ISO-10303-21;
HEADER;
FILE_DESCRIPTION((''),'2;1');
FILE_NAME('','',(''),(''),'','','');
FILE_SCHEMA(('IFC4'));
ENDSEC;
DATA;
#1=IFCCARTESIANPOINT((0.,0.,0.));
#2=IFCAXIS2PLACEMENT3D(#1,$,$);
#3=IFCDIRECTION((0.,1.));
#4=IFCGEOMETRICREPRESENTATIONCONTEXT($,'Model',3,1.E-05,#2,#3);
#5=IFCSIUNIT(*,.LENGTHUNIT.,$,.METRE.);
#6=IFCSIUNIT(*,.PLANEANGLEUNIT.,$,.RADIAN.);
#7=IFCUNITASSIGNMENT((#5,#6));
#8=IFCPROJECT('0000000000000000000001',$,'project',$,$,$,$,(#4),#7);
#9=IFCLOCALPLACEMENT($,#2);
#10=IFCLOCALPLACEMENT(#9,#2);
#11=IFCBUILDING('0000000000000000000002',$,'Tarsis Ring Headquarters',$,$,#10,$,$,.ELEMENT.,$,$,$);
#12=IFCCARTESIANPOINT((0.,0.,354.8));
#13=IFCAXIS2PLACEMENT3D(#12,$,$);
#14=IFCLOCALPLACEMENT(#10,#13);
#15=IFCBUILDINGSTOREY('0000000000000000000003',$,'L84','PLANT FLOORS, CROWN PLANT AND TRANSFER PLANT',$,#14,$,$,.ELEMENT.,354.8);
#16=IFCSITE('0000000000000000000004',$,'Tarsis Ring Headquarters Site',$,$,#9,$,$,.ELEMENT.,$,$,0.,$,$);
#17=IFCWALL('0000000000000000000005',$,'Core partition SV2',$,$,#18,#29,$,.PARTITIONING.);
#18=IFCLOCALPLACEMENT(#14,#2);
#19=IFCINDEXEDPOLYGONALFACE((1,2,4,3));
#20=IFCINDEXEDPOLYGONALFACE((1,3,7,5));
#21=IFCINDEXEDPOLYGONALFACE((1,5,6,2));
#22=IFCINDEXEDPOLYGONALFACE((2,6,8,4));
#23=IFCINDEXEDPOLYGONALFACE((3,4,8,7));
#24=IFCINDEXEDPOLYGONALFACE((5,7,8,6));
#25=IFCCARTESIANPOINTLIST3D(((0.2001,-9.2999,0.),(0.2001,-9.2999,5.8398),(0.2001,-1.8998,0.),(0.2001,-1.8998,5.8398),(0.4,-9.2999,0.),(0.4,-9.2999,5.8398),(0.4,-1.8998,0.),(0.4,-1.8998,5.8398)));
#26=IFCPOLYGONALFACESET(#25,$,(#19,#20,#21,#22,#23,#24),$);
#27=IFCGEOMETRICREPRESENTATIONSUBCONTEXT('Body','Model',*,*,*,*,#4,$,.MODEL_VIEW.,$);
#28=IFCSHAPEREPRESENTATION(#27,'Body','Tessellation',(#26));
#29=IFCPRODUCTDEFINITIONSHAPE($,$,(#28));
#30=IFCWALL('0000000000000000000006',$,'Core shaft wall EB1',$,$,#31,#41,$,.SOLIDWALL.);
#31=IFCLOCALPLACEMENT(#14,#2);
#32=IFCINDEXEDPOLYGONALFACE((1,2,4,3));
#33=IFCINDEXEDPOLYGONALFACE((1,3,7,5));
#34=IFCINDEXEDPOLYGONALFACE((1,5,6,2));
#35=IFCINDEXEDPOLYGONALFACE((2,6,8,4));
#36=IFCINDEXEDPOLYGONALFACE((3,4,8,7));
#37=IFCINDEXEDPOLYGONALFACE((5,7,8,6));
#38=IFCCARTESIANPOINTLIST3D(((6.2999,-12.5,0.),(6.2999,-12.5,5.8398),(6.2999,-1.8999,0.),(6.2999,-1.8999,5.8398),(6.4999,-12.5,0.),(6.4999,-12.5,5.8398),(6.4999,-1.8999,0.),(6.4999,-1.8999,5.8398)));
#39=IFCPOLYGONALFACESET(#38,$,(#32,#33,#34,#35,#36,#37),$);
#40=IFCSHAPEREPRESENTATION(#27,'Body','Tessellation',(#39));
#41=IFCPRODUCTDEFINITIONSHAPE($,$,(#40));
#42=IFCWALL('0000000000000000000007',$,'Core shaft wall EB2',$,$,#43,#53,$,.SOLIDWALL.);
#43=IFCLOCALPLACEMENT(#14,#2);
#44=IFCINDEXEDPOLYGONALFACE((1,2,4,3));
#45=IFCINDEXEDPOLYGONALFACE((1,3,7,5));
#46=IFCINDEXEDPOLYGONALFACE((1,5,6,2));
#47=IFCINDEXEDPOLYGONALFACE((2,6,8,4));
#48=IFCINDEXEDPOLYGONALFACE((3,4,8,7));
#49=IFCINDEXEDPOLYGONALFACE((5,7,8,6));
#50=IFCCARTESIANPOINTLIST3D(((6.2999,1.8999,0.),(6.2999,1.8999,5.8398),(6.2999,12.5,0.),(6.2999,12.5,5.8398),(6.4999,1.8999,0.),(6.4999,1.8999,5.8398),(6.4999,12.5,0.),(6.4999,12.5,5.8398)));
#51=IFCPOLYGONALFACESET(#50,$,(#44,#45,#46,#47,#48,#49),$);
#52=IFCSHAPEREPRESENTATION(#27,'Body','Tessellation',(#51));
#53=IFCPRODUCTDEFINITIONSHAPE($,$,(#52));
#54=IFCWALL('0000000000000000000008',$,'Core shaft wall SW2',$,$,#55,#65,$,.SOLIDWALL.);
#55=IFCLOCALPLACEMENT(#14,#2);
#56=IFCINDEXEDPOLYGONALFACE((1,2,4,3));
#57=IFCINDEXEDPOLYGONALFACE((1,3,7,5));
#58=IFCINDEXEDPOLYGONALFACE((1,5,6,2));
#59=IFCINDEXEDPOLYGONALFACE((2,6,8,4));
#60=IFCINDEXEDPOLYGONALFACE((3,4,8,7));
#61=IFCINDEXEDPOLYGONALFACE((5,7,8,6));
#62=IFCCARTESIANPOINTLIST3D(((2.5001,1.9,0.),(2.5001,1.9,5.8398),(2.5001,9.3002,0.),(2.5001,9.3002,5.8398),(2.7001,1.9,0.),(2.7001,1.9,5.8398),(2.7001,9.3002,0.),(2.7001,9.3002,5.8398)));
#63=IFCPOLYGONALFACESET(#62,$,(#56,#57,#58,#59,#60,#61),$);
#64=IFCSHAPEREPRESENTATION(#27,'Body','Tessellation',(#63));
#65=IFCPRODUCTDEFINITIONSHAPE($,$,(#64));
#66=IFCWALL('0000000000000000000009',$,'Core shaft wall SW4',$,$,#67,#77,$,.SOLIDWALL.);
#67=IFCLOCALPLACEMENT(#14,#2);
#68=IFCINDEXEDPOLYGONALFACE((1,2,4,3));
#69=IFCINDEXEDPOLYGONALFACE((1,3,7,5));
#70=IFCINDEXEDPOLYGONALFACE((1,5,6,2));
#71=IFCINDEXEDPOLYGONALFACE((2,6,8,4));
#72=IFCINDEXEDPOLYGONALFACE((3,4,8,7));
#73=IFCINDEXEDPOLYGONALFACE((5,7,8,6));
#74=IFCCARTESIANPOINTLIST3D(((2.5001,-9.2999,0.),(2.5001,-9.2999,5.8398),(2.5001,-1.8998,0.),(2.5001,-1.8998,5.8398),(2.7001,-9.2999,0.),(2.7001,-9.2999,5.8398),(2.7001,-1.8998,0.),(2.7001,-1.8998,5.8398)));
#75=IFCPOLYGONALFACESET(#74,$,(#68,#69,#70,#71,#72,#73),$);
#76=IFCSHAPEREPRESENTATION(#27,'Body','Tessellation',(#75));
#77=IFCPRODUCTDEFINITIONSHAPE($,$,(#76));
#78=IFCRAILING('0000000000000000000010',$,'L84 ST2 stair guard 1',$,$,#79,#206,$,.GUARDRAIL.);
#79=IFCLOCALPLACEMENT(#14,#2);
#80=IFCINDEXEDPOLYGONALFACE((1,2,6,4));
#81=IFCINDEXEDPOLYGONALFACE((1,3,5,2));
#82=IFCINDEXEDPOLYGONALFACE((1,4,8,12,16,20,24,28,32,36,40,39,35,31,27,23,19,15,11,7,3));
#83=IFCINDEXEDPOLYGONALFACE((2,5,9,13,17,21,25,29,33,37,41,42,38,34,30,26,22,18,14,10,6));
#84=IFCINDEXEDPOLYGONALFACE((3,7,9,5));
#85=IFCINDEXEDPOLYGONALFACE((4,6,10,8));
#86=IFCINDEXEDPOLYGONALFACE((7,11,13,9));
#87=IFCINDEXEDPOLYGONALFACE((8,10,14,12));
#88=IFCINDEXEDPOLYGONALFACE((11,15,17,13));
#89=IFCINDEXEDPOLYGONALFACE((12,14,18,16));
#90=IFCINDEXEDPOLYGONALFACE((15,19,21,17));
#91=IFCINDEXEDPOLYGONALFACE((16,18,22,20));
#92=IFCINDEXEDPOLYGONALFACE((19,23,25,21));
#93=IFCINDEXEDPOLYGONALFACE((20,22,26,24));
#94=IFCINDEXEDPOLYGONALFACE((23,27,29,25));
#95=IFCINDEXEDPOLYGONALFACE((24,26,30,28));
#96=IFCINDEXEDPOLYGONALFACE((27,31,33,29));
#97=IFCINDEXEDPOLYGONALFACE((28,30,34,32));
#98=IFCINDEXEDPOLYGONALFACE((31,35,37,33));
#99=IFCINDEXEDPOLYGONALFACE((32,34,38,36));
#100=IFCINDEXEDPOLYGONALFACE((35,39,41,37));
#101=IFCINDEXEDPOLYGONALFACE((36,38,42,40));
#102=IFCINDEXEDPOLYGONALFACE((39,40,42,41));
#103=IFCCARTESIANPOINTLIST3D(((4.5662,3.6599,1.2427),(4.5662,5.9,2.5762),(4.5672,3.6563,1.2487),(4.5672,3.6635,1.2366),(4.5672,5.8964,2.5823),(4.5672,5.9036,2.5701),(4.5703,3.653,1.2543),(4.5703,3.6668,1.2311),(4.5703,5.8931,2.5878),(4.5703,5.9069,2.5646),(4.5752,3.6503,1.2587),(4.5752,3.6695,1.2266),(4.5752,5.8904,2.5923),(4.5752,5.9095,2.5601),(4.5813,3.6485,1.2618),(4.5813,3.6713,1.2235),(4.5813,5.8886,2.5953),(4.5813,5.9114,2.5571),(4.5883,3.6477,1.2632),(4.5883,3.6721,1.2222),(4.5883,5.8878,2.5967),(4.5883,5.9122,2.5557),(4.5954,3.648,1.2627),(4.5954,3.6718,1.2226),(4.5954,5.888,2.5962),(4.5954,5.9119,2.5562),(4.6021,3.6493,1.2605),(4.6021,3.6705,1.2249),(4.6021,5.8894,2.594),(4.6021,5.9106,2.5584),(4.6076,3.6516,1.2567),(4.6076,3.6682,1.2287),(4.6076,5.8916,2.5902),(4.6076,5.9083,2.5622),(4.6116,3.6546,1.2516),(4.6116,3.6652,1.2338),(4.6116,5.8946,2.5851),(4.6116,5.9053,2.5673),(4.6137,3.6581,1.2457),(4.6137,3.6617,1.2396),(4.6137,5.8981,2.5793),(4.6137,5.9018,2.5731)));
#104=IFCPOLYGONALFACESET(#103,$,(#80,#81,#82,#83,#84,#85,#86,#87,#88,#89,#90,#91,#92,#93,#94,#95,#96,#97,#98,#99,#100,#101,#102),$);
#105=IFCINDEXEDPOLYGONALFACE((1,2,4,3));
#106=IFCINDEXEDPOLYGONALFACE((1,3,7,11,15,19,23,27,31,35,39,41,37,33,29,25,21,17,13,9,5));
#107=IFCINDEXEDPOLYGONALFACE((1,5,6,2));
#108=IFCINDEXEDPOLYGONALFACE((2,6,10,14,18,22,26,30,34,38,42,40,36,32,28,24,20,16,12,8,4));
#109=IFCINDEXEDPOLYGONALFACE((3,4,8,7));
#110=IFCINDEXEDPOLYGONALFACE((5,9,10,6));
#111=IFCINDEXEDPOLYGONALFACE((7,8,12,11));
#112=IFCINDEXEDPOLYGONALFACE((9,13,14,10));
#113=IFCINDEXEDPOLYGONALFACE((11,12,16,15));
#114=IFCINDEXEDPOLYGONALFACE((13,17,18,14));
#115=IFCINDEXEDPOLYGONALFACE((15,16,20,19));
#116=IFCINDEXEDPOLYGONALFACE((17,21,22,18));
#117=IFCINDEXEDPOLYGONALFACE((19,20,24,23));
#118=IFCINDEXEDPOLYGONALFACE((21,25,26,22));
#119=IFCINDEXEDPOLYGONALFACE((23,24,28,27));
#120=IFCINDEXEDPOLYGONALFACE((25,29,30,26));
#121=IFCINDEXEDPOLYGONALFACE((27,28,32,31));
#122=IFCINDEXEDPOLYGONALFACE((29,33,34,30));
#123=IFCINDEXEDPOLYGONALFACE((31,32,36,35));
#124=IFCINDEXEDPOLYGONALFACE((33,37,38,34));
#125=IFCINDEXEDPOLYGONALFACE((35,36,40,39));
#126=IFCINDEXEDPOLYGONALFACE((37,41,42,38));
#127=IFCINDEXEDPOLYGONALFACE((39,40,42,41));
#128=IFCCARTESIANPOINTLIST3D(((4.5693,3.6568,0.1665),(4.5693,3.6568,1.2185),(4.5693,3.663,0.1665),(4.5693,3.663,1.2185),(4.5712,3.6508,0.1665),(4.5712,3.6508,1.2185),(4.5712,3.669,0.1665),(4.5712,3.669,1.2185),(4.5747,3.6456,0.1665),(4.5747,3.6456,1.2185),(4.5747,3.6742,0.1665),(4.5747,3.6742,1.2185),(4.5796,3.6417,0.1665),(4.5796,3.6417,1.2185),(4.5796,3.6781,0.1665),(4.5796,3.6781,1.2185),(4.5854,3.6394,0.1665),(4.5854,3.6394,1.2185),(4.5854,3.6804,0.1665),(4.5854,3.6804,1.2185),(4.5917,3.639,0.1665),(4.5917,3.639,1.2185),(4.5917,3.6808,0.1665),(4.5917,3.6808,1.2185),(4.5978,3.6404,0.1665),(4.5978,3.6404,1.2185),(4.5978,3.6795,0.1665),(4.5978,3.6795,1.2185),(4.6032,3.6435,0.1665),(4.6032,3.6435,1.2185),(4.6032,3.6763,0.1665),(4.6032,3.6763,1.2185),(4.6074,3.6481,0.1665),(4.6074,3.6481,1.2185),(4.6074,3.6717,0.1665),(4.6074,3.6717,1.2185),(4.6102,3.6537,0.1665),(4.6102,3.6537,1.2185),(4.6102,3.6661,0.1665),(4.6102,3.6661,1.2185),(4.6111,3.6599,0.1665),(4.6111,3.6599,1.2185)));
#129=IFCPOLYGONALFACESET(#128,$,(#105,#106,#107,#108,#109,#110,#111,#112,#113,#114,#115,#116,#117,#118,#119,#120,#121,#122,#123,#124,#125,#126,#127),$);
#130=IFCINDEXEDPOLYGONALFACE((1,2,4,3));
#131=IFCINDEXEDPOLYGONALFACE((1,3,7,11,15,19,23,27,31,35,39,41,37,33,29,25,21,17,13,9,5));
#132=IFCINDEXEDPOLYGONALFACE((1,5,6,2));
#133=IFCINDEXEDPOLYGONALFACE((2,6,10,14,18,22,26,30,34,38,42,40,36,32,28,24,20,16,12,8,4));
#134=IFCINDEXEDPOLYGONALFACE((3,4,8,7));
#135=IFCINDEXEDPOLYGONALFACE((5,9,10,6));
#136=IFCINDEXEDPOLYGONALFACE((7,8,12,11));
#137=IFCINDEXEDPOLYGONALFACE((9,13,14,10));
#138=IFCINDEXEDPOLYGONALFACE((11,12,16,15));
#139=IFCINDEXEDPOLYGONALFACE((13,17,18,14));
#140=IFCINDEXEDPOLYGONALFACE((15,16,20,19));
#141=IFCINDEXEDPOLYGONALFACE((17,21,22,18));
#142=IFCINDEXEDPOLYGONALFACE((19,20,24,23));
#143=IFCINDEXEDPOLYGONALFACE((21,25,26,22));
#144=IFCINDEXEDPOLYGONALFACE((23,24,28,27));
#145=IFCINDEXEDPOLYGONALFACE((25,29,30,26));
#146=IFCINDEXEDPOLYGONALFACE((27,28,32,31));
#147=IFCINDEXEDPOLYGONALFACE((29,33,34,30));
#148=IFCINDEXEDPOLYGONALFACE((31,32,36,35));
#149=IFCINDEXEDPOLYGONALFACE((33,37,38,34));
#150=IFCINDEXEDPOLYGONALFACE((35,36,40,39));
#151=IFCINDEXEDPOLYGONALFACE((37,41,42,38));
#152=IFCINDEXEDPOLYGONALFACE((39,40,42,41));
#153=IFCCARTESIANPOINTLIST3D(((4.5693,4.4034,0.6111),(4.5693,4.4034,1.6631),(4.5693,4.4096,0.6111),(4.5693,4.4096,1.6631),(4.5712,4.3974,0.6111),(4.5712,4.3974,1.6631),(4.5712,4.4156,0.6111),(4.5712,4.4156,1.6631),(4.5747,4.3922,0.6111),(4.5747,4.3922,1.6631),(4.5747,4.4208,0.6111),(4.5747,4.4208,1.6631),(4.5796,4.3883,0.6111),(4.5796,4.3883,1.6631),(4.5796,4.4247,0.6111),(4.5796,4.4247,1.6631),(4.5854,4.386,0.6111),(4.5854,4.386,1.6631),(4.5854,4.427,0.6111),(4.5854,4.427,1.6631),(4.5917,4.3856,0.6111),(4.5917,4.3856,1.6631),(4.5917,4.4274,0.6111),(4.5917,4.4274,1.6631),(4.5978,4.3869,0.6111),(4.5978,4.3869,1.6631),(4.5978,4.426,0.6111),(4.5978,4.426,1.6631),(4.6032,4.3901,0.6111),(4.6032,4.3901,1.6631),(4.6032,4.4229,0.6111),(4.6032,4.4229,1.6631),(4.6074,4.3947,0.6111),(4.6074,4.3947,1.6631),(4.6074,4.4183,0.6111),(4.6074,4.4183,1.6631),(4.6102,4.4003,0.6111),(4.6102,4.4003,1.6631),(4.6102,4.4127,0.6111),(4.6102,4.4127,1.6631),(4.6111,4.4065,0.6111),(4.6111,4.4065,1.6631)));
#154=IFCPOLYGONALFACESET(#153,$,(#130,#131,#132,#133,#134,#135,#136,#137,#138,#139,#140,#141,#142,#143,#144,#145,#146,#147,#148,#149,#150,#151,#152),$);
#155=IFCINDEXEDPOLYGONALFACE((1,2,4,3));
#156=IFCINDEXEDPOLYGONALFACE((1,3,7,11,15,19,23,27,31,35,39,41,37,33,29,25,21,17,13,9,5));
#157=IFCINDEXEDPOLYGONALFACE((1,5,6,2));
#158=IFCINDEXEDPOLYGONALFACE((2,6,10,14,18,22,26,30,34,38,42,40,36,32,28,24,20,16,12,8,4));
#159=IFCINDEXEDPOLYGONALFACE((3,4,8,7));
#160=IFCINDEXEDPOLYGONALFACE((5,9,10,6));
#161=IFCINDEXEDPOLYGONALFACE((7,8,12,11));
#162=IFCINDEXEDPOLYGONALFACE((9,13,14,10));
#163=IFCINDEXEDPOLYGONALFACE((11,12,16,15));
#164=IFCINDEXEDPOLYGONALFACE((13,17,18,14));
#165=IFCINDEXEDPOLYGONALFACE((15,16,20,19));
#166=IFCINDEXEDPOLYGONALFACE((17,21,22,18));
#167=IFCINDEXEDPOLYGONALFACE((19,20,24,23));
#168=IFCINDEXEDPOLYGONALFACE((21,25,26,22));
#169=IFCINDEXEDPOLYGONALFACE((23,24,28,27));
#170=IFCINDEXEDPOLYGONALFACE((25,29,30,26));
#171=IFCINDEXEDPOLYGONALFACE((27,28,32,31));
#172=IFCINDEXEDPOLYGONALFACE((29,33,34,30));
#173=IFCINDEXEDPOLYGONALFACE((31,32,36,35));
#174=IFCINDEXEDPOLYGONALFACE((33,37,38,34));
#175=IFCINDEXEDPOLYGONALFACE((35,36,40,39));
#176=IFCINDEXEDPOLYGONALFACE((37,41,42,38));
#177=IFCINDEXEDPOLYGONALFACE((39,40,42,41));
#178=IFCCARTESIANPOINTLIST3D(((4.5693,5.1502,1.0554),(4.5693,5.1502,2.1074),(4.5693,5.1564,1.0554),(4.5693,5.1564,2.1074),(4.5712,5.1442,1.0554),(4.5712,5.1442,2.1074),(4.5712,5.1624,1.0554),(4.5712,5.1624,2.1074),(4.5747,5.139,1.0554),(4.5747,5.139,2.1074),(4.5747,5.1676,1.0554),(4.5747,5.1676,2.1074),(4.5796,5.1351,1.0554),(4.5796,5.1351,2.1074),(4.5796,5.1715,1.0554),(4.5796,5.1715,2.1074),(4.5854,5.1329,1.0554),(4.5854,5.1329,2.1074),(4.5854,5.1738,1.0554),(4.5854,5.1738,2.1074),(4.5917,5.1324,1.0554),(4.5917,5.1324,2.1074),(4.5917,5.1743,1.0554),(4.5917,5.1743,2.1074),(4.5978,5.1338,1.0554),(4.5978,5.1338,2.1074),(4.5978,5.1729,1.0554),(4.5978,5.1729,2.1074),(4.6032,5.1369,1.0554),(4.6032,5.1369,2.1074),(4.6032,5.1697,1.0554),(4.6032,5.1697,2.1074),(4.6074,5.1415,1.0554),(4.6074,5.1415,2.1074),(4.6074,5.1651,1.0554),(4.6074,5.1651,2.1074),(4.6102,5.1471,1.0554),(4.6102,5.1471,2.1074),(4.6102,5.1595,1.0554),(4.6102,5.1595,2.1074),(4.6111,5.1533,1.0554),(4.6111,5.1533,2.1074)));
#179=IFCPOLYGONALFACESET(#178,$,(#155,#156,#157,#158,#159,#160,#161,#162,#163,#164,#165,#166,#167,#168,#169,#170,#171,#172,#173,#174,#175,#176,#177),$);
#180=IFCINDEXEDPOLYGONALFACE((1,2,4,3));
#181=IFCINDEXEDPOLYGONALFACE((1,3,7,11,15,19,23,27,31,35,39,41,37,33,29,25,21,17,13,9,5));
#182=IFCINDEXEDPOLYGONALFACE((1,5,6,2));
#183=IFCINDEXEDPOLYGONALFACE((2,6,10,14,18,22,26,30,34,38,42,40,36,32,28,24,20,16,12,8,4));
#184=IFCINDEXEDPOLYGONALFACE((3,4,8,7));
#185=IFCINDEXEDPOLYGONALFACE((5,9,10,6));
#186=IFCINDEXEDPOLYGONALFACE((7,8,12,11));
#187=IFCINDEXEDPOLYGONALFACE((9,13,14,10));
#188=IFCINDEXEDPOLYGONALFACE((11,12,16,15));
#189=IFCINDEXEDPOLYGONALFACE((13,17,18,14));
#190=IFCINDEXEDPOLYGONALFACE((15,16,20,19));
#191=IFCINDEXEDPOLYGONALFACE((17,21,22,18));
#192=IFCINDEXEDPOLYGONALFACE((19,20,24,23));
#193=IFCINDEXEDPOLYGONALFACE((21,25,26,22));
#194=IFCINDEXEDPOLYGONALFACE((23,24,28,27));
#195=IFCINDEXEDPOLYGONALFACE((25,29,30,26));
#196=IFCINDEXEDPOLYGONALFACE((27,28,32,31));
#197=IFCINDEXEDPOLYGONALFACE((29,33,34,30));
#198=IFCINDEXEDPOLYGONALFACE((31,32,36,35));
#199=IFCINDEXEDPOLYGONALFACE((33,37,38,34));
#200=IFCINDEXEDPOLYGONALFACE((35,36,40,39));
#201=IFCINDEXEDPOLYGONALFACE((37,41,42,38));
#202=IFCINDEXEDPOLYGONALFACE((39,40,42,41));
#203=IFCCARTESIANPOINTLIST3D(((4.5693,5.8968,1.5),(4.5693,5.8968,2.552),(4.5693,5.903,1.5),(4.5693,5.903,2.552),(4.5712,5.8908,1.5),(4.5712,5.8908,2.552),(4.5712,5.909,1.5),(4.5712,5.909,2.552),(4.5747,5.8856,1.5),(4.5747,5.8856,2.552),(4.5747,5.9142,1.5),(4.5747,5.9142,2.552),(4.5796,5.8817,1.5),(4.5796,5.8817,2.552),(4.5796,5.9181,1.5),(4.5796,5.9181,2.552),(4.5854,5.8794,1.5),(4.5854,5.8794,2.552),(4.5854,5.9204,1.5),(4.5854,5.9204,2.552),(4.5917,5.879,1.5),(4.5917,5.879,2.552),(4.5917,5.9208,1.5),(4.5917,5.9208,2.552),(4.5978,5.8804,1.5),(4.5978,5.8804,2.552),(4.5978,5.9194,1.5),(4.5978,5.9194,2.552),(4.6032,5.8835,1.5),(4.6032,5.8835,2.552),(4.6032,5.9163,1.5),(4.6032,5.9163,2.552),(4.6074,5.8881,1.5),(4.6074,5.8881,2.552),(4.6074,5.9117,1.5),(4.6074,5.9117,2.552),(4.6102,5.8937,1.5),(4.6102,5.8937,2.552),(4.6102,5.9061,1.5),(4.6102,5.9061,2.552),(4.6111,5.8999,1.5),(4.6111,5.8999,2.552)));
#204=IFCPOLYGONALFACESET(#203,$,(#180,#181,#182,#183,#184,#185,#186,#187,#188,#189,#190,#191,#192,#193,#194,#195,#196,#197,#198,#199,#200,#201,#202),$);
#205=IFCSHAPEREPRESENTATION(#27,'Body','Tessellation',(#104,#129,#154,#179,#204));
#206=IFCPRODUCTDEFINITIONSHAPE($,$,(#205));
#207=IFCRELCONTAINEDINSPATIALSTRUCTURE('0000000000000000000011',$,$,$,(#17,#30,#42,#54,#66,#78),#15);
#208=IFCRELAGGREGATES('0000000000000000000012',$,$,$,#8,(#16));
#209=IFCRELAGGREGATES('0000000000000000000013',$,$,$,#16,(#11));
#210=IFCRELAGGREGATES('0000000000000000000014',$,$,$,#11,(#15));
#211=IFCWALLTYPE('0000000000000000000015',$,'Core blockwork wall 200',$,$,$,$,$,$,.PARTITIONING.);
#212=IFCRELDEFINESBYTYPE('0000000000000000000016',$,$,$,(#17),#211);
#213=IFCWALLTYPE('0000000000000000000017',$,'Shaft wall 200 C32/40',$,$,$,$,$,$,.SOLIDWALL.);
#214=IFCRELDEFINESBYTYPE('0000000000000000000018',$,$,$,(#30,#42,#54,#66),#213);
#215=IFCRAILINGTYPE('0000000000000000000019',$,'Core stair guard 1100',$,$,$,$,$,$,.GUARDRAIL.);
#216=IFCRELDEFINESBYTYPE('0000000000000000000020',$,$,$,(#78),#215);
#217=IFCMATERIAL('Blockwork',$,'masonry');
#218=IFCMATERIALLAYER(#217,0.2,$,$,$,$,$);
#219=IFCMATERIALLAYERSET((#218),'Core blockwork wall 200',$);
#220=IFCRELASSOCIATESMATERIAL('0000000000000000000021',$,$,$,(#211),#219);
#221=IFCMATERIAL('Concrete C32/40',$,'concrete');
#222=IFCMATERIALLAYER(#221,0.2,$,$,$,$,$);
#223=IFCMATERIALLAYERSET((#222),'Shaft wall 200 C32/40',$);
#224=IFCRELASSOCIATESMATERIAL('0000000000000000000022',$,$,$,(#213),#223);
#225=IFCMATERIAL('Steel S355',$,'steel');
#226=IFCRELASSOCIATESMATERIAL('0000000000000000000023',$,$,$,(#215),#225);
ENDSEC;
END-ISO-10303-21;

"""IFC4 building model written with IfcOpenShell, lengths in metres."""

from ifc_helpers import new_model, si_unit, direction, frame, frame_2d, origin, origin_2d, place, context, subcontext, project, spatial, rectangle, circle, extrude, material, layer, layer_set, type_object, element, save


model = new_model("IFC4")

# Units and contexts
model_context = context("Model", 3, precision=1e-05, world=origin(), true_north=direction((0.0, 1.0)))
body_context = subcontext(model_context, "Body", "Model", "MODEL_VIEW")
ifc_project = project(units=[si_unit("LENGTHUNIT", "METRE"), si_unit("PLANEANGLEUNIT", "RADIAN")], contexts=[model_context])

# Site, building, storey
site_placement = place(None, origin())
site = spatial("IfcSite", under=ifc_project, at=site_placement, Name="Tarsis Ring Headquarters Site", CompositionType="ELEMENT", RefElevation=0.0)
building_placement = place(site_placement, origin())
building = spatial("IfcBuilding", under=site, at=building_placement, Name="Tarsis Ring Headquarters", CompositionType="ELEMENT")
storey_placement = place(building_placement, frame((0.0, 0.0, 354.8)))
storey = spatial("IfcBuildingStorey", under=building, at=storey_placement, Name="L84", Description="PLANT FLOORS, CROWN PLANT AND TRANSFER PLANT", CompositionType="ELEMENT", Elevation=354.8)

# Walls
ifc_material_1 = material(Name="Blockwork", Category="masonry")
ifc_layer_1 = layer(ifc_material_1, 0.2)
ifc_layer_set_1 = layer_set([ifc_layer_1], Name="Core blockwork wall 200")
wall_type_1 = type_object("IfcWallType", Name="Core blockwork wall 200", PredefinedType="PARTITIONING", material=ifc_layer_set_1)
wall_placement = place(storey_placement, frame((0.3, -9.3, 0.0), z_axis=(0.0, 0.0, 1.0), x_axis=(0.0, 1.0, 0.0)))
element("IfcWall", 1, at=wall_placement, inside=storey, type_object=wall_type_1, Name="Core partition SV2", PredefinedType="PARTITIONING", context=body_context, shape_type="SweptSolid", body=[
    extrude(rectangle(XDim=7.4001, YDim=0.2, at=frame_2d((3.7002, 0.0))), origin(), (0.0, 0.0, 1.0), 5.8398),
])
ifc_material_2 = material(Name="Concrete C32/40", Category="concrete")
ifc_layer_2 = layer(ifc_material_2, 0.2)
ifc_layer_set_2 = layer_set([ifc_layer_2], Name="Shaft wall 200 C32/40")
wall_type_2 = type_object("IfcWallType", Name="Shaft wall 200 C32/40", PredefinedType="SOLIDWALL", material=ifc_layer_set_2)
for number, where, z_axis, x_axis, name in (
    (2, (6.3999, -12.5, 0.0), (0.0, 0.0, 1.0), (0.0, 1.0, 0.0), "Core shaft wall EB1"),
    (3, (6.3999, 1.8999, 0.0), (0.0, 0.0, 1.0), (0.0, 1.0, 0.0), "Core shaft wall EB2"),
):
    element("IfcWall", number, at=place(storey_placement, frame(where, z_axis=z_axis, x_axis=x_axis)), inside=storey, type_object=wall_type_2, Name=name, PredefinedType="SOLIDWALL", context=body_context, shape_type="SweptSolid", body=[
        extrude(rectangle(XDim=10.6001, YDim=0.2, at=frame_2d((5.3, 0.0))), origin(), (0.0, 0.0, 1.0), 5.8398),
    ])
for number, where, z_axis, x_axis, name in (
    (4, (2.6001, 1.8999, 0.0), (0.0, 0.0, 1.0), (0.0, 1.0, 0.0), "Core shaft wall SW2"),
    (5, (2.6001, -9.3, 0.0), (0.0, 0.0, 1.0), (0.0, 1.0, 0.0), "Core shaft wall SW4"),
):
    element("IfcWall", number, at=place(storey_placement, frame(where, z_axis=z_axis, x_axis=x_axis)), inside=storey, type_object=wall_type_2, Name=name, PredefinedType="SOLIDWALL", context=body_context, shape_type="SweptSolid", body=[
        extrude(rectangle(XDim=7.4001, YDim=0.2, at=frame_2d((3.7002, 0.0))), origin(), (0.0, 0.0, 1.0), 5.8398),
    ])

# Railing
ifc_material_3 = material(Name="Steel S355", Category="steel")
railing_type_1 = type_object("IfcRailingType", Name="Core stair guard 1100", PredefinedType="GUARDRAIL", material=ifc_material_3)
railing_1_placement = place(storey_placement, frame((4.5901, 3.6599, 0.1665)))
element("IfcRailing", 6, at=railing_1_placement, inside=storey, type_object=railing_type_1, Name="L84 ST2 stair guard 1", PredefinedType="GUARDRAIL", context=body_context, shape_type="SweptSolid", body=[
    extrude(circle(Radius=0.0239, at=origin_2d()), frame((0.0, 0.0, 1.0762), z_axis=(0.0, 0.859264, 0.511532), x_axis=(-1.0, 0.0, 0.0)), (0.0, 0.0, 1.0), 2.6069),
    extrude(circle(Radius=0.021, at=origin_2d()), origin(), (0.0, 0.0, 1.0), 1.052),
    extrude(circle(Radius=0.021, at=origin_2d()), frame((0.0, 0.7466, 0.4446)), (0.0, 0.0, 1.0), 1.052),
    extrude(circle(Radius=0.021, at=origin_2d()), frame((0.0, 1.4934, 0.8889)), (0.0, 0.0, 1.0), 1.052),
    extrude(circle(Radius=0.021, at=origin_2d()), frame((0.0, 2.24, 1.3335)), (0.0, 0.0, 1.0), 1.052),
])

save(model, "model.ifc")
